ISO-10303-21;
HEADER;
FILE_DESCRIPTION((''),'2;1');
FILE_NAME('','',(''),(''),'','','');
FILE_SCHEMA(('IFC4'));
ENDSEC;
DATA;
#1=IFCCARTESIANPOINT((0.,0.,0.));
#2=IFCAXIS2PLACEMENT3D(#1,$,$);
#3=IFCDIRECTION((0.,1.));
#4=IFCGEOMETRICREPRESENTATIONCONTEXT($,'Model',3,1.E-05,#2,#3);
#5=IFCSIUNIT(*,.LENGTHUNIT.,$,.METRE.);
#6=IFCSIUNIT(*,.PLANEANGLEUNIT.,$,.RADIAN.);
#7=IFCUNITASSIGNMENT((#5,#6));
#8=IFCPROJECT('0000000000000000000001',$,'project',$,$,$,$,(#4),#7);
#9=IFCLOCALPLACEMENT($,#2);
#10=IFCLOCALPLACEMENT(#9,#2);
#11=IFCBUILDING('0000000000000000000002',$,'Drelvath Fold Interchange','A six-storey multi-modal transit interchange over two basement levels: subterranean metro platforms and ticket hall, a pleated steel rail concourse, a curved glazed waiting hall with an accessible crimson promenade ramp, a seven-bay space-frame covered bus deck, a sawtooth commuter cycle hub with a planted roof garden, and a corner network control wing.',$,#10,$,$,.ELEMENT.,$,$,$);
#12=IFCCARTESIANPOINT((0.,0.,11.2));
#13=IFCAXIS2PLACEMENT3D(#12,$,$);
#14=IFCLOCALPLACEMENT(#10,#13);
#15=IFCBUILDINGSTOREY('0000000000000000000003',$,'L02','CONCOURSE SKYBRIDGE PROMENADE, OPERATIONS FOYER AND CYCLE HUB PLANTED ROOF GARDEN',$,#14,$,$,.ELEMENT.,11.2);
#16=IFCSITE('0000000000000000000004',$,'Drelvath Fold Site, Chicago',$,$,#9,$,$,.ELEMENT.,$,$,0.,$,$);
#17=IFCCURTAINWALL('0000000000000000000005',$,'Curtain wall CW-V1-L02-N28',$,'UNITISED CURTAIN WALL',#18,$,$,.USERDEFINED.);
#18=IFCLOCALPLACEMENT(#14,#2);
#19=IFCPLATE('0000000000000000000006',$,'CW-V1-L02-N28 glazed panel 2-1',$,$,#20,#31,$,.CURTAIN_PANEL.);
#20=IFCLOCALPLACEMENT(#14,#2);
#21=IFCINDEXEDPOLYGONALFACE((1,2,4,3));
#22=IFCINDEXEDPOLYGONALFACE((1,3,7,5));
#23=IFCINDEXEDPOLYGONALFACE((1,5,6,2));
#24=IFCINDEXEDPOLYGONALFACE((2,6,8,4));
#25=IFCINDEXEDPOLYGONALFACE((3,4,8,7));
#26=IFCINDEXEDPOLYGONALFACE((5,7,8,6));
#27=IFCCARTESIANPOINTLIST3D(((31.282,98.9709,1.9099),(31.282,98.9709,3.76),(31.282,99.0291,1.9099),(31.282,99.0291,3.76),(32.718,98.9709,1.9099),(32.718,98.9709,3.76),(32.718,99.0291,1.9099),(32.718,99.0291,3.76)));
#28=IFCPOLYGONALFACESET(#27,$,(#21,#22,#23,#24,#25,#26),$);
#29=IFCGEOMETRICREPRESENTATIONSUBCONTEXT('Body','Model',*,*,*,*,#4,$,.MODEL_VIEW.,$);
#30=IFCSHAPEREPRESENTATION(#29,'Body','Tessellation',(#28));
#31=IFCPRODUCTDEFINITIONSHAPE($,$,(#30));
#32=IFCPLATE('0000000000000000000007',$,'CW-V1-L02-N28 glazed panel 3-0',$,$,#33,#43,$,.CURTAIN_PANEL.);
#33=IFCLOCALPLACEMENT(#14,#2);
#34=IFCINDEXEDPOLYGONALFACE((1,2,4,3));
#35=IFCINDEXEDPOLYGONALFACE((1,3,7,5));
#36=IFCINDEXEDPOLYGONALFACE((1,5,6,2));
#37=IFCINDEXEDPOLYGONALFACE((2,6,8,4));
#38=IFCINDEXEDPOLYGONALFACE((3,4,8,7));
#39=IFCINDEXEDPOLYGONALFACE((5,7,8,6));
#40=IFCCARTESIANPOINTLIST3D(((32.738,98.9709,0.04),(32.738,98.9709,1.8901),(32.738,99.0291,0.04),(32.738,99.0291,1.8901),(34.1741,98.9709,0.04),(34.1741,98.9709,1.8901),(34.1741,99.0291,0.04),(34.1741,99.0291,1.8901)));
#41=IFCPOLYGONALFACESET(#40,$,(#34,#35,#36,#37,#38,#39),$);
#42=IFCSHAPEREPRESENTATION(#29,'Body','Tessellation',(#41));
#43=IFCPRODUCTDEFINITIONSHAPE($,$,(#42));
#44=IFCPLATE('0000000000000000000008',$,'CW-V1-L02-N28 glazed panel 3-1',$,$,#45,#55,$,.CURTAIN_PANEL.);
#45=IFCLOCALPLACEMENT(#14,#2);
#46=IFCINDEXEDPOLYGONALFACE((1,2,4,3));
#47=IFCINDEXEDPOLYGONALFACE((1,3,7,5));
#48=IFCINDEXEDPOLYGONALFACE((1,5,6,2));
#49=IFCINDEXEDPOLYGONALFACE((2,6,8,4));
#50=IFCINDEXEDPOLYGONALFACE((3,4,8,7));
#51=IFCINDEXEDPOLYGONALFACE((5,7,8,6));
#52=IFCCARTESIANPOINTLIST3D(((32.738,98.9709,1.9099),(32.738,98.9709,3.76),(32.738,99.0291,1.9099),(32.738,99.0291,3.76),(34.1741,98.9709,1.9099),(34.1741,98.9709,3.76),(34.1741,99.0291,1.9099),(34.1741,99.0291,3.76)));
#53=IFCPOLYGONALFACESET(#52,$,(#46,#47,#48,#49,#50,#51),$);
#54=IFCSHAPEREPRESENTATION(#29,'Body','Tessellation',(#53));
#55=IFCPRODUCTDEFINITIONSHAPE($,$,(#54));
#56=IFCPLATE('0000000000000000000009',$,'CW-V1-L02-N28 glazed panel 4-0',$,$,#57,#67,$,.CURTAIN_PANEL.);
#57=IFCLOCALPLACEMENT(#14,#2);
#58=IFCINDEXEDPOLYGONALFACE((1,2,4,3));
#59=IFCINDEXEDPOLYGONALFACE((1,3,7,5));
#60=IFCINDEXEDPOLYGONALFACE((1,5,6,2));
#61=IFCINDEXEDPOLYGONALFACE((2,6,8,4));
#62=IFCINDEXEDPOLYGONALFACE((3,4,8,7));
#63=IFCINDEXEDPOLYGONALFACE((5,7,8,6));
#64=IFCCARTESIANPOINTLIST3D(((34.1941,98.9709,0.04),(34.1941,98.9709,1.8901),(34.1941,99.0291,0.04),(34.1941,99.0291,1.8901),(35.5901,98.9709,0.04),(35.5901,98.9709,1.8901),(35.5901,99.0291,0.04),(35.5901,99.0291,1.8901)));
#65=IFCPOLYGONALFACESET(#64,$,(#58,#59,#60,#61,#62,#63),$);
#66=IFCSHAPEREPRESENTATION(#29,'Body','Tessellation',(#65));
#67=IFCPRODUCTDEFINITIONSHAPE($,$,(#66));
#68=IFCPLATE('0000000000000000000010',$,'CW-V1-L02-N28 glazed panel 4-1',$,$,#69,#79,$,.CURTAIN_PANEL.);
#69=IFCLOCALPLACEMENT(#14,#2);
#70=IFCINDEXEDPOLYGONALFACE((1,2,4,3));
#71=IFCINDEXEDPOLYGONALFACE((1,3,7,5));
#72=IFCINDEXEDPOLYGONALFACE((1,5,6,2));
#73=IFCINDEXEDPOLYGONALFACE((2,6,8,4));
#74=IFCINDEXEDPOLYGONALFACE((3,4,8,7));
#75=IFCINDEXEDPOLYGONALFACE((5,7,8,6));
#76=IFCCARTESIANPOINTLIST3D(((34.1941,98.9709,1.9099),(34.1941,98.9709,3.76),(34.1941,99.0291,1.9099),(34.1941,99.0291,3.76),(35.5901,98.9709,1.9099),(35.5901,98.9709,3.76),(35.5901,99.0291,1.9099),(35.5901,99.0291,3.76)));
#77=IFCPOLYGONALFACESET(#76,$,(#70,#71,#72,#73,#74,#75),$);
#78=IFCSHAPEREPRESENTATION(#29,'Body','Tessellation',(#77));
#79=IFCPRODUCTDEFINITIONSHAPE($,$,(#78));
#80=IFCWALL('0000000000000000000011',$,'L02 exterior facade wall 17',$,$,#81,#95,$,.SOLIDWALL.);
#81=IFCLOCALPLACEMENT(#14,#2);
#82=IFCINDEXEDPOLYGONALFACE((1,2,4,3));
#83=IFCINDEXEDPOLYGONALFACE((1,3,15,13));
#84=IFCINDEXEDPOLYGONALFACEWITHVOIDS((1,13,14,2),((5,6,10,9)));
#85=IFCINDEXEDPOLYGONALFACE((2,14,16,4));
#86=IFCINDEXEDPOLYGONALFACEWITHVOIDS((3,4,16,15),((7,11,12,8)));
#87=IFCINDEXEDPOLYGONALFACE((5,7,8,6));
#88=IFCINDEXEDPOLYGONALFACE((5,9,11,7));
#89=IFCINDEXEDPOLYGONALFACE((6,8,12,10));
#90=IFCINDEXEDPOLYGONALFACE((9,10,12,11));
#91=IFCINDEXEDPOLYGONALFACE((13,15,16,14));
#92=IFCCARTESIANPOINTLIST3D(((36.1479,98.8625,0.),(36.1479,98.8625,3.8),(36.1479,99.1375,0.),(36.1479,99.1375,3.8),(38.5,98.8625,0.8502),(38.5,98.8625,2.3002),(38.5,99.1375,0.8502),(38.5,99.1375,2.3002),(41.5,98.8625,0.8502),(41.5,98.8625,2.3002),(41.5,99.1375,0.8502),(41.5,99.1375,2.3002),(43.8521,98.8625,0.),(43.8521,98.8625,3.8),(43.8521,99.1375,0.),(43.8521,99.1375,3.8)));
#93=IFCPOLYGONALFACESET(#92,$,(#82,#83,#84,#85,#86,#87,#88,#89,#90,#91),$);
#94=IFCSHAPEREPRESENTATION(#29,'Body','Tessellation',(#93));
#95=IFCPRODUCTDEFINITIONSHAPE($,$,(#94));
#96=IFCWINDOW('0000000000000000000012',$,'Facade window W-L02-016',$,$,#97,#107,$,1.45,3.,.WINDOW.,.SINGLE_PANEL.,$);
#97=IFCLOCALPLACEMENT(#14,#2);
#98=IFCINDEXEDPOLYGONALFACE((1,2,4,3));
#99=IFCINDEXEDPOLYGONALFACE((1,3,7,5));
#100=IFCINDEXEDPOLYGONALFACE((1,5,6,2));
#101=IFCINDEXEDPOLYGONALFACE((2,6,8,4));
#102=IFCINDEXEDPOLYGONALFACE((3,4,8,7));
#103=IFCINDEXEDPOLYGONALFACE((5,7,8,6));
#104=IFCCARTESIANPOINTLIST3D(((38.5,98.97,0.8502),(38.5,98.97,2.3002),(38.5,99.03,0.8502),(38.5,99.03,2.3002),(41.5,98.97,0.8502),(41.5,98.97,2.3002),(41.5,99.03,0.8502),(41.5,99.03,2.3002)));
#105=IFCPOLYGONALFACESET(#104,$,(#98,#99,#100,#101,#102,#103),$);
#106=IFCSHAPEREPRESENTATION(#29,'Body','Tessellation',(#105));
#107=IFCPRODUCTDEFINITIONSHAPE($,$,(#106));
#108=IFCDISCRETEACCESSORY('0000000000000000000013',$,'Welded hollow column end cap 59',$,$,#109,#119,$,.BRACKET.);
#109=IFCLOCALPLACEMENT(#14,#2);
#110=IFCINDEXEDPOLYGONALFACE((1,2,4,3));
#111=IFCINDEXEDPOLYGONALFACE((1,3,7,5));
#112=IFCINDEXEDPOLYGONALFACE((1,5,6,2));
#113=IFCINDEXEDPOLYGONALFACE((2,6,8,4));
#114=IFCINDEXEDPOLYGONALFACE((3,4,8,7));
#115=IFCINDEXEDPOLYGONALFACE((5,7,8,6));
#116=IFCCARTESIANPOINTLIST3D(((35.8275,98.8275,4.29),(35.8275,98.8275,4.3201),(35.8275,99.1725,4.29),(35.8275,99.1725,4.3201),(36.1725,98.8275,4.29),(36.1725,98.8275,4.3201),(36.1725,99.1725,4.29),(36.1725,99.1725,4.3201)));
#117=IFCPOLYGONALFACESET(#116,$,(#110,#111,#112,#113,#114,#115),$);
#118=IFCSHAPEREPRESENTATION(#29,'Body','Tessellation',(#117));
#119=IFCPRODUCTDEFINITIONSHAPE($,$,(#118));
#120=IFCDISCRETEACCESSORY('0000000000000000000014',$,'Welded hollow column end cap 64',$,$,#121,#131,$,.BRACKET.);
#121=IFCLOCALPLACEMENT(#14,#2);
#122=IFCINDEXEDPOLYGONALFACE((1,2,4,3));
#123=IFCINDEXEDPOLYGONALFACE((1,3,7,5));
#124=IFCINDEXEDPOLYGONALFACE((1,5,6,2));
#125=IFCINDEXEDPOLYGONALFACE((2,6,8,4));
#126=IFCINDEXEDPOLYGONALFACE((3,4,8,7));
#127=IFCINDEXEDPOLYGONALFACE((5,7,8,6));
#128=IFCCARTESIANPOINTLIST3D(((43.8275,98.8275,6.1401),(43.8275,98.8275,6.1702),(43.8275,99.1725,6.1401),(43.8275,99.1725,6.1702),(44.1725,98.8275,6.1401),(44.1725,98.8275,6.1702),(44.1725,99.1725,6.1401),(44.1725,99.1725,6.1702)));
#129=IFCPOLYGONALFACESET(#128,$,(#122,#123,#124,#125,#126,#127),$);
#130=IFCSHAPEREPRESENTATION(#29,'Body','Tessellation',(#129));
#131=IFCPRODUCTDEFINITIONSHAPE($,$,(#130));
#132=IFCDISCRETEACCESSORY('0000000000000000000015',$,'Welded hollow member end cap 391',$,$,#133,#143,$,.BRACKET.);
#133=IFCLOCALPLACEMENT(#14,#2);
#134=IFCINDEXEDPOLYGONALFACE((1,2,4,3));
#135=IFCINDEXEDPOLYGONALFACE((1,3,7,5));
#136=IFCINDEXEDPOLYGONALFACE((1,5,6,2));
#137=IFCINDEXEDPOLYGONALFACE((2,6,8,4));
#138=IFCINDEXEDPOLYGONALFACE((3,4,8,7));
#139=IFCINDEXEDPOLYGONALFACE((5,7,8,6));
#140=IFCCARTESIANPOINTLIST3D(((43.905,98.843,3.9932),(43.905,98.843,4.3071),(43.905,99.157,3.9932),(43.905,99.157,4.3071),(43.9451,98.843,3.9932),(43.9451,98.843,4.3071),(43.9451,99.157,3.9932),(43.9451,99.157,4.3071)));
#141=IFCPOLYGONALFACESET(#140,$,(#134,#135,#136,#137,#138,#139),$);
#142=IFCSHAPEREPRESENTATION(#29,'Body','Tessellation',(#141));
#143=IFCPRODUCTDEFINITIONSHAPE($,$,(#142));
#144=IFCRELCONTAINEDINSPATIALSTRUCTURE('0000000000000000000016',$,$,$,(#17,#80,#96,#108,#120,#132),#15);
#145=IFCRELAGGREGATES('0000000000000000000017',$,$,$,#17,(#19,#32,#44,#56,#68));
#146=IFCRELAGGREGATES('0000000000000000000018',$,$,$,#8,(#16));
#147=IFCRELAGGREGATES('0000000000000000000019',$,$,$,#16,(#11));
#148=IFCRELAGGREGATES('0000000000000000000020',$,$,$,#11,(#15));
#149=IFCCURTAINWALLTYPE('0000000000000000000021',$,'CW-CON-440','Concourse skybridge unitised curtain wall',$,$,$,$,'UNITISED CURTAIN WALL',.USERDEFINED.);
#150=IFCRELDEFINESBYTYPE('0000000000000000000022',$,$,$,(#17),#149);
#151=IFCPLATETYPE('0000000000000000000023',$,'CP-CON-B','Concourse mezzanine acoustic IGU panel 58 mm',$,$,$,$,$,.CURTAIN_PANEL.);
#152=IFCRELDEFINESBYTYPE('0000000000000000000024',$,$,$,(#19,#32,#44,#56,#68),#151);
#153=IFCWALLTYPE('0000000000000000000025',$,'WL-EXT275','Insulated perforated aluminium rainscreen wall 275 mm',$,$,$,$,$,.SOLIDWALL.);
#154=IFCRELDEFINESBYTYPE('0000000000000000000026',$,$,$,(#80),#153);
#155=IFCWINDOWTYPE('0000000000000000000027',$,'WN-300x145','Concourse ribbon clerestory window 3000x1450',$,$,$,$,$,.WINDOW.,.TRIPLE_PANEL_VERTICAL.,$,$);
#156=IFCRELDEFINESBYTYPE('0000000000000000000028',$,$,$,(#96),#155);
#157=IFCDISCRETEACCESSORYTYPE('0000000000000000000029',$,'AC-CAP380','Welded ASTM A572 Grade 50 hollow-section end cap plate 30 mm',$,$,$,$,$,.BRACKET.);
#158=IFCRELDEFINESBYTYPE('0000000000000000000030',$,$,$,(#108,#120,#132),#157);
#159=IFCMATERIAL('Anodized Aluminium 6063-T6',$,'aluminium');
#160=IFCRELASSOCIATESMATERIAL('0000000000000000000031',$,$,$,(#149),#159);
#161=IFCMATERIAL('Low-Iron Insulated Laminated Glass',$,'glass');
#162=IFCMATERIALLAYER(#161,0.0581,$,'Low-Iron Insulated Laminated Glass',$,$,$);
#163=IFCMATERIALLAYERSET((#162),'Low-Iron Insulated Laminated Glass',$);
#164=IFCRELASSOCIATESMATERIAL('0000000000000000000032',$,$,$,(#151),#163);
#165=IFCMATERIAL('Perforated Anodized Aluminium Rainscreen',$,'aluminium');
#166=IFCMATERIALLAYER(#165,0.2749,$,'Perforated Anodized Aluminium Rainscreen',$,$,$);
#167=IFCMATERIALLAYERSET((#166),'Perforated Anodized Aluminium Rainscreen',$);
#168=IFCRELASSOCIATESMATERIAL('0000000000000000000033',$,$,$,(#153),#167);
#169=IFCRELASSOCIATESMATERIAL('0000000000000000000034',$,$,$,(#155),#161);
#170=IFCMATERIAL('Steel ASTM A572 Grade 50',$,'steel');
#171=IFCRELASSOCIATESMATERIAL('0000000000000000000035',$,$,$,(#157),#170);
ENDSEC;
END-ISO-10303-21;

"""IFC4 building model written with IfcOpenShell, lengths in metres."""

from ifc_helpers import new_model, si_unit, direction, frame, frame_2d, origin, origin_2d, place, context, subcontext, project, spatial, rectangle, extrude, material, layer, layer_set, type_object, element, fill, aggregate, save


model = new_model("IFC4")

# Units and contexts
model_context = context("Model", 3, precision=1e-05, world=origin(), true_north=direction((0.0, 1.0)))
body_context = subcontext(model_context, "Body", "Model", "MODEL_VIEW")
ifc_project = project(units=[si_unit("LENGTHUNIT", "METRE"), si_unit("PLANEANGLEUNIT", "RADIAN")], contexts=[model_context])

# Site, building, storey
site_placement = place(None, origin())
site = spatial("IfcSite", under=ifc_project, at=site_placement, Name="Drelvath Fold Site, Chicago", CompositionType="ELEMENT", RefElevation=0.0)
building_placement = place(site_placement, origin())
building = spatial("IfcBuilding", under=site, at=building_placement, Name="Drelvath Fold Interchange", Description="A six-storey multi-modal transit interchange over two basement levels: subterranean metro platforms and ticket hall, a pleated steel rail concourse, a curved glazed waiting hall with an accessible crimson promenade ramp, a seven-bay space-frame covered bus deck, a sawtooth commuter cycle hub with a planted roof garden, and a corner network control wing.", CompositionType="ELEMENT")
storey_placement = place(building_placement, frame((0.0, 0.0, 11.2)))
storey = spatial("IfcBuildingStorey", under=building, at=storey_placement, Name="L02", Description="CONCOURSE SKYBRIDGE PROMENADE, OPERATIONS FOYER AND CYCLE HUB PLANTED ROOF GARDEN", CompositionType="ELEMENT", Elevation=11.2)

# Curtain wall, plates
ifc_material_1 = material(Name="Anodized Aluminium 6063-T6", Category="aluminium")
curtain_wall_type = type_object("IfcCurtainWallType", Name="CW-CON-440", Description="Concourse skybridge unitised curtain wall", ElementType="UNITISED CURTAIN WALL", PredefinedType="USERDEFINED", material=ifc_material_1)
curtain_wall_placement = place(storey_placement, origin())
curtain_wall = element("IfcCurtainWall", 1, at=curtain_wall_placement, inside=storey, type_object=curtain_wall_type, Name="Curtain wall CW-V1-L02-N28", ObjectType="UNITISED CURTAIN WALL", PredefinedType="USERDEFINED")
ifc_material_2 = material(Name="Low-Iron Insulated Laminated Glass", Category="glass")
ifc_layer_1 = layer(ifc_material_2, 0.0581, Name="Low-Iron Insulated Laminated Glass")
ifc_layer_set_1 = layer_set([ifc_layer_1], Name="Low-Iron Insulated Laminated Glass")
plate_type = type_object("IfcPlateType", Name="CP-CON-B", Description="Concourse mezzanine acoustic IGU panel 58 mm", PredefinedType="CURTAIN_PANEL", material=ifc_layer_set_1)
plate_1_placement = place(storey_placement, frame((32.0, 99.0, 1.9099), z_axis=(0.0, 0.0, 1.0), x_axis=(1.0, 0.0, 0.0)))
plate_1 = element("IfcPlate", 2, at=plate_1_placement, type_object=plate_type, Name="CW-V1-L02-N28 glazed panel 2-1", PredefinedType="CURTAIN_PANEL", context=body_context, shape_type="SweptSolid", body=[
    extrude(rectangle(XDim=1.436, YDim=0.0581, at=origin_2d()), origin(), (0.0, 0.0, 1.0), 1.8501),
])
plate_2_placement = place(storey_placement, frame((33.4561, 99.0, 0.04), z_axis=(0.0, 0.0, 1.0), x_axis=(1.0, 0.0, 0.0)))
plate_2 = element("IfcPlate", 3, at=plate_2_placement, type_object=plate_type, Name="CW-V1-L02-N28 glazed panel 3-0", PredefinedType="CURTAIN_PANEL", context=body_context, shape_type="SweptSolid", body=[
    extrude(rectangle(XDim=1.436, YDim=0.0581, at=origin_2d()), origin(), (0.0, 0.0, 1.0), 1.8501),
])
plate_3_placement = place(storey_placement, frame((33.4561, 99.0, 1.9099), z_axis=(0.0, 0.0, 1.0), x_axis=(1.0, 0.0, 0.0)))
plate_3 = element("IfcPlate", 4, at=plate_3_placement, type_object=plate_type, Name="CW-V1-L02-N28 glazed panel 3-1", PredefinedType="CURTAIN_PANEL", context=body_context, shape_type="SweptSolid", body=[
    extrude(rectangle(XDim=1.436, YDim=0.0581, at=origin_2d()), origin(), (0.0, 0.0, 1.0), 1.8501),
])
plate_4_placement = place(storey_placement, frame((34.8921, 99.0, 0.04), z_axis=(0.0, 0.0, 1.0), x_axis=(1.0, 0.0, 0.0)))
plate_4 = element("IfcPlate", 5, at=plate_4_placement, type_object=plate_type, Name="CW-V1-L02-N28 glazed panel 4-0", PredefinedType="CURTAIN_PANEL", context=body_context, shape_type="SweptSolid", body=[
    extrude(rectangle(XDim=1.396, YDim=0.0581, at=origin_2d()), origin(), (0.0, 0.0, 1.0), 1.8501),
])
plate_5_placement = place(storey_placement, frame((34.8921, 99.0, 1.9099), z_axis=(0.0, 0.0, 1.0), x_axis=(1.0, 0.0, 0.0)))
plate_5 = element("IfcPlate", 6, at=plate_5_placement, type_object=plate_type, Name="CW-V1-L02-N28 glazed panel 4-1", PredefinedType="CURTAIN_PANEL", context=body_context, shape_type="SweptSolid", body=[
    extrude(rectangle(XDim=1.396, YDim=0.0581, at=origin_2d()), origin(), (0.0, 0.0, 1.0), 1.8501),
])
aggregate(curtain_wall, [plate_1, plate_2, plate_3, plate_4, plate_5])

# Wall, opening, window
ifc_material_3 = material(Name="Perforated Anodized Aluminium Rainscreen", Category="aluminium")
ifc_layer_2 = layer(ifc_material_3, 0.2749, Name="Perforated Anodized Aluminium Rainscreen")
ifc_layer_set_2 = layer_set([ifc_layer_2], Name="Perforated Anodized Aluminium Rainscreen")
wall_type = type_object("IfcWallType", Name="WL-EXT275", Description="Insulated perforated aluminium rainscreen wall 275 mm", PredefinedType="SOLIDWALL", material=ifc_layer_set_2)
wall_placement = place(storey_placement, frame((36.1479, 99.0, 0.0), z_axis=(0.0, 0.0, 1.0), x_axis=(1.0, 0.0, 0.0)))
wall = element("IfcWall", 7, at=wall_placement, inside=storey, type_object=wall_type, Name="L02 exterior facade wall 17", PredefinedType="SOLIDWALL", context=body_context, shape_type="SweptSolid", body=[
    extrude(rectangle(XDim=7.7041, YDim=0.2749, at=frame_2d((3.8521, 0.0))), origin(), (0.0, 0.0, 1.0), 3.8),
])
opening_placement = place(wall_placement, frame((2.3521, 0.0, 0.8501)))
opening = element("IfcOpeningElement", 8, at=opening_placement, cuts=wall, PredefinedType="OPENING", context=body_context, shape_type="SweptSolid", body=[
    extrude(rectangle(XDim=3.0, YDim=1.45, at=frame_2d((1.5, 0.7251))), frame((0.0, 0.1475, 0.0), z_axis=(0.0, -1.0, 0.0), x_axis=(1.0, 0.0, 0.0)), (0.0, 0.0, 1.0), 0.2949),
])
window_type = type_object("IfcWindowType", Name="WN-300x145", Description="Concourse ribbon clerestory window 3000x1450", PartitioningType="TRIPLE_PANEL_VERTICAL", PredefinedType="WINDOW", material=ifc_material_2)
window_placement = place(opening_placement, origin())
window = element("IfcWindow", 9, at=window_placement, inside=storey, type_object=window_type, Name="Facade window W-L02-016", OverallHeight=1.45, OverallWidth=3.0, PartitioningType="SINGLE_PANEL", PredefinedType="WINDOW", context=body_context, shape_type="SweptSolid", body=[
    extrude(rectangle(XDim=3.0, YDim=1.45, at=frame_2d((1.5, 0.7251))), frame((0.0, 0.03, 0.0), z_axis=(0.0, -1.0, 0.0), x_axis=(1.0, 0.0, 0.0)), (0.0, 0.0, 1.0), 0.0601),
])
fill(opening, window)

# Discrete accessories
ifc_material_4 = material(Name="Steel ASTM A572 Grade 50", Category="steel")
discrete_accessory_type = type_object("IfcDiscreteAccessoryType", Name="AC-CAP380", Description="Welded ASTM A572 Grade 50 hollow-section end cap plate 30 mm", PredefinedType="BRACKET", material=ifc_material_4)
for number, where, z_axis, x_axis, name in (
    (10, (36.0, 99.0, 4.29), (0.0, 0.0, 1.0), (1.0, 0.0, 0.0), "Welded hollow column end cap 59"),
    (11, (44.0, 99.0, 6.1401), (0.0, 0.0, 1.0), (1.0, 0.0, 0.0), "Welded hollow column end cap 64"),
):
    element("IfcDiscreteAccessory", number, at=place(storey_placement, frame(where, z_axis=z_axis, x_axis=x_axis)), inside=storey, type_object=discrete_accessory_type, Name=name, PredefinedType="BRACKET", context=body_context, shape_type="SweptSolid", body=[
        extrude(rectangle(XDim=0.345, YDim=0.345, at=origin_2d()), origin(), (0.0, 0.0, 1.0), 0.03),
    ])
discrete_accessory_placement = place(storey_placement, frame((43.925, 99.0, 3.9932), z_axis=(0.0, 0.0, 1.0), x_axis=(1.0, 0.0, 0.0)))
element("IfcDiscreteAccessory", 12, at=discrete_accessory_placement, inside=storey, type_object=discrete_accessory_type, Name="Welded hollow member end cap 391", PredefinedType="BRACKET", context=body_context, shape_type="SweptSolid", body=[
    extrude(rectangle(XDim=0.04, YDim=0.314, at=origin_2d()), origin(), (0.0, 0.0, 1.0), 0.314),
])

save(model, "model.ifc")
